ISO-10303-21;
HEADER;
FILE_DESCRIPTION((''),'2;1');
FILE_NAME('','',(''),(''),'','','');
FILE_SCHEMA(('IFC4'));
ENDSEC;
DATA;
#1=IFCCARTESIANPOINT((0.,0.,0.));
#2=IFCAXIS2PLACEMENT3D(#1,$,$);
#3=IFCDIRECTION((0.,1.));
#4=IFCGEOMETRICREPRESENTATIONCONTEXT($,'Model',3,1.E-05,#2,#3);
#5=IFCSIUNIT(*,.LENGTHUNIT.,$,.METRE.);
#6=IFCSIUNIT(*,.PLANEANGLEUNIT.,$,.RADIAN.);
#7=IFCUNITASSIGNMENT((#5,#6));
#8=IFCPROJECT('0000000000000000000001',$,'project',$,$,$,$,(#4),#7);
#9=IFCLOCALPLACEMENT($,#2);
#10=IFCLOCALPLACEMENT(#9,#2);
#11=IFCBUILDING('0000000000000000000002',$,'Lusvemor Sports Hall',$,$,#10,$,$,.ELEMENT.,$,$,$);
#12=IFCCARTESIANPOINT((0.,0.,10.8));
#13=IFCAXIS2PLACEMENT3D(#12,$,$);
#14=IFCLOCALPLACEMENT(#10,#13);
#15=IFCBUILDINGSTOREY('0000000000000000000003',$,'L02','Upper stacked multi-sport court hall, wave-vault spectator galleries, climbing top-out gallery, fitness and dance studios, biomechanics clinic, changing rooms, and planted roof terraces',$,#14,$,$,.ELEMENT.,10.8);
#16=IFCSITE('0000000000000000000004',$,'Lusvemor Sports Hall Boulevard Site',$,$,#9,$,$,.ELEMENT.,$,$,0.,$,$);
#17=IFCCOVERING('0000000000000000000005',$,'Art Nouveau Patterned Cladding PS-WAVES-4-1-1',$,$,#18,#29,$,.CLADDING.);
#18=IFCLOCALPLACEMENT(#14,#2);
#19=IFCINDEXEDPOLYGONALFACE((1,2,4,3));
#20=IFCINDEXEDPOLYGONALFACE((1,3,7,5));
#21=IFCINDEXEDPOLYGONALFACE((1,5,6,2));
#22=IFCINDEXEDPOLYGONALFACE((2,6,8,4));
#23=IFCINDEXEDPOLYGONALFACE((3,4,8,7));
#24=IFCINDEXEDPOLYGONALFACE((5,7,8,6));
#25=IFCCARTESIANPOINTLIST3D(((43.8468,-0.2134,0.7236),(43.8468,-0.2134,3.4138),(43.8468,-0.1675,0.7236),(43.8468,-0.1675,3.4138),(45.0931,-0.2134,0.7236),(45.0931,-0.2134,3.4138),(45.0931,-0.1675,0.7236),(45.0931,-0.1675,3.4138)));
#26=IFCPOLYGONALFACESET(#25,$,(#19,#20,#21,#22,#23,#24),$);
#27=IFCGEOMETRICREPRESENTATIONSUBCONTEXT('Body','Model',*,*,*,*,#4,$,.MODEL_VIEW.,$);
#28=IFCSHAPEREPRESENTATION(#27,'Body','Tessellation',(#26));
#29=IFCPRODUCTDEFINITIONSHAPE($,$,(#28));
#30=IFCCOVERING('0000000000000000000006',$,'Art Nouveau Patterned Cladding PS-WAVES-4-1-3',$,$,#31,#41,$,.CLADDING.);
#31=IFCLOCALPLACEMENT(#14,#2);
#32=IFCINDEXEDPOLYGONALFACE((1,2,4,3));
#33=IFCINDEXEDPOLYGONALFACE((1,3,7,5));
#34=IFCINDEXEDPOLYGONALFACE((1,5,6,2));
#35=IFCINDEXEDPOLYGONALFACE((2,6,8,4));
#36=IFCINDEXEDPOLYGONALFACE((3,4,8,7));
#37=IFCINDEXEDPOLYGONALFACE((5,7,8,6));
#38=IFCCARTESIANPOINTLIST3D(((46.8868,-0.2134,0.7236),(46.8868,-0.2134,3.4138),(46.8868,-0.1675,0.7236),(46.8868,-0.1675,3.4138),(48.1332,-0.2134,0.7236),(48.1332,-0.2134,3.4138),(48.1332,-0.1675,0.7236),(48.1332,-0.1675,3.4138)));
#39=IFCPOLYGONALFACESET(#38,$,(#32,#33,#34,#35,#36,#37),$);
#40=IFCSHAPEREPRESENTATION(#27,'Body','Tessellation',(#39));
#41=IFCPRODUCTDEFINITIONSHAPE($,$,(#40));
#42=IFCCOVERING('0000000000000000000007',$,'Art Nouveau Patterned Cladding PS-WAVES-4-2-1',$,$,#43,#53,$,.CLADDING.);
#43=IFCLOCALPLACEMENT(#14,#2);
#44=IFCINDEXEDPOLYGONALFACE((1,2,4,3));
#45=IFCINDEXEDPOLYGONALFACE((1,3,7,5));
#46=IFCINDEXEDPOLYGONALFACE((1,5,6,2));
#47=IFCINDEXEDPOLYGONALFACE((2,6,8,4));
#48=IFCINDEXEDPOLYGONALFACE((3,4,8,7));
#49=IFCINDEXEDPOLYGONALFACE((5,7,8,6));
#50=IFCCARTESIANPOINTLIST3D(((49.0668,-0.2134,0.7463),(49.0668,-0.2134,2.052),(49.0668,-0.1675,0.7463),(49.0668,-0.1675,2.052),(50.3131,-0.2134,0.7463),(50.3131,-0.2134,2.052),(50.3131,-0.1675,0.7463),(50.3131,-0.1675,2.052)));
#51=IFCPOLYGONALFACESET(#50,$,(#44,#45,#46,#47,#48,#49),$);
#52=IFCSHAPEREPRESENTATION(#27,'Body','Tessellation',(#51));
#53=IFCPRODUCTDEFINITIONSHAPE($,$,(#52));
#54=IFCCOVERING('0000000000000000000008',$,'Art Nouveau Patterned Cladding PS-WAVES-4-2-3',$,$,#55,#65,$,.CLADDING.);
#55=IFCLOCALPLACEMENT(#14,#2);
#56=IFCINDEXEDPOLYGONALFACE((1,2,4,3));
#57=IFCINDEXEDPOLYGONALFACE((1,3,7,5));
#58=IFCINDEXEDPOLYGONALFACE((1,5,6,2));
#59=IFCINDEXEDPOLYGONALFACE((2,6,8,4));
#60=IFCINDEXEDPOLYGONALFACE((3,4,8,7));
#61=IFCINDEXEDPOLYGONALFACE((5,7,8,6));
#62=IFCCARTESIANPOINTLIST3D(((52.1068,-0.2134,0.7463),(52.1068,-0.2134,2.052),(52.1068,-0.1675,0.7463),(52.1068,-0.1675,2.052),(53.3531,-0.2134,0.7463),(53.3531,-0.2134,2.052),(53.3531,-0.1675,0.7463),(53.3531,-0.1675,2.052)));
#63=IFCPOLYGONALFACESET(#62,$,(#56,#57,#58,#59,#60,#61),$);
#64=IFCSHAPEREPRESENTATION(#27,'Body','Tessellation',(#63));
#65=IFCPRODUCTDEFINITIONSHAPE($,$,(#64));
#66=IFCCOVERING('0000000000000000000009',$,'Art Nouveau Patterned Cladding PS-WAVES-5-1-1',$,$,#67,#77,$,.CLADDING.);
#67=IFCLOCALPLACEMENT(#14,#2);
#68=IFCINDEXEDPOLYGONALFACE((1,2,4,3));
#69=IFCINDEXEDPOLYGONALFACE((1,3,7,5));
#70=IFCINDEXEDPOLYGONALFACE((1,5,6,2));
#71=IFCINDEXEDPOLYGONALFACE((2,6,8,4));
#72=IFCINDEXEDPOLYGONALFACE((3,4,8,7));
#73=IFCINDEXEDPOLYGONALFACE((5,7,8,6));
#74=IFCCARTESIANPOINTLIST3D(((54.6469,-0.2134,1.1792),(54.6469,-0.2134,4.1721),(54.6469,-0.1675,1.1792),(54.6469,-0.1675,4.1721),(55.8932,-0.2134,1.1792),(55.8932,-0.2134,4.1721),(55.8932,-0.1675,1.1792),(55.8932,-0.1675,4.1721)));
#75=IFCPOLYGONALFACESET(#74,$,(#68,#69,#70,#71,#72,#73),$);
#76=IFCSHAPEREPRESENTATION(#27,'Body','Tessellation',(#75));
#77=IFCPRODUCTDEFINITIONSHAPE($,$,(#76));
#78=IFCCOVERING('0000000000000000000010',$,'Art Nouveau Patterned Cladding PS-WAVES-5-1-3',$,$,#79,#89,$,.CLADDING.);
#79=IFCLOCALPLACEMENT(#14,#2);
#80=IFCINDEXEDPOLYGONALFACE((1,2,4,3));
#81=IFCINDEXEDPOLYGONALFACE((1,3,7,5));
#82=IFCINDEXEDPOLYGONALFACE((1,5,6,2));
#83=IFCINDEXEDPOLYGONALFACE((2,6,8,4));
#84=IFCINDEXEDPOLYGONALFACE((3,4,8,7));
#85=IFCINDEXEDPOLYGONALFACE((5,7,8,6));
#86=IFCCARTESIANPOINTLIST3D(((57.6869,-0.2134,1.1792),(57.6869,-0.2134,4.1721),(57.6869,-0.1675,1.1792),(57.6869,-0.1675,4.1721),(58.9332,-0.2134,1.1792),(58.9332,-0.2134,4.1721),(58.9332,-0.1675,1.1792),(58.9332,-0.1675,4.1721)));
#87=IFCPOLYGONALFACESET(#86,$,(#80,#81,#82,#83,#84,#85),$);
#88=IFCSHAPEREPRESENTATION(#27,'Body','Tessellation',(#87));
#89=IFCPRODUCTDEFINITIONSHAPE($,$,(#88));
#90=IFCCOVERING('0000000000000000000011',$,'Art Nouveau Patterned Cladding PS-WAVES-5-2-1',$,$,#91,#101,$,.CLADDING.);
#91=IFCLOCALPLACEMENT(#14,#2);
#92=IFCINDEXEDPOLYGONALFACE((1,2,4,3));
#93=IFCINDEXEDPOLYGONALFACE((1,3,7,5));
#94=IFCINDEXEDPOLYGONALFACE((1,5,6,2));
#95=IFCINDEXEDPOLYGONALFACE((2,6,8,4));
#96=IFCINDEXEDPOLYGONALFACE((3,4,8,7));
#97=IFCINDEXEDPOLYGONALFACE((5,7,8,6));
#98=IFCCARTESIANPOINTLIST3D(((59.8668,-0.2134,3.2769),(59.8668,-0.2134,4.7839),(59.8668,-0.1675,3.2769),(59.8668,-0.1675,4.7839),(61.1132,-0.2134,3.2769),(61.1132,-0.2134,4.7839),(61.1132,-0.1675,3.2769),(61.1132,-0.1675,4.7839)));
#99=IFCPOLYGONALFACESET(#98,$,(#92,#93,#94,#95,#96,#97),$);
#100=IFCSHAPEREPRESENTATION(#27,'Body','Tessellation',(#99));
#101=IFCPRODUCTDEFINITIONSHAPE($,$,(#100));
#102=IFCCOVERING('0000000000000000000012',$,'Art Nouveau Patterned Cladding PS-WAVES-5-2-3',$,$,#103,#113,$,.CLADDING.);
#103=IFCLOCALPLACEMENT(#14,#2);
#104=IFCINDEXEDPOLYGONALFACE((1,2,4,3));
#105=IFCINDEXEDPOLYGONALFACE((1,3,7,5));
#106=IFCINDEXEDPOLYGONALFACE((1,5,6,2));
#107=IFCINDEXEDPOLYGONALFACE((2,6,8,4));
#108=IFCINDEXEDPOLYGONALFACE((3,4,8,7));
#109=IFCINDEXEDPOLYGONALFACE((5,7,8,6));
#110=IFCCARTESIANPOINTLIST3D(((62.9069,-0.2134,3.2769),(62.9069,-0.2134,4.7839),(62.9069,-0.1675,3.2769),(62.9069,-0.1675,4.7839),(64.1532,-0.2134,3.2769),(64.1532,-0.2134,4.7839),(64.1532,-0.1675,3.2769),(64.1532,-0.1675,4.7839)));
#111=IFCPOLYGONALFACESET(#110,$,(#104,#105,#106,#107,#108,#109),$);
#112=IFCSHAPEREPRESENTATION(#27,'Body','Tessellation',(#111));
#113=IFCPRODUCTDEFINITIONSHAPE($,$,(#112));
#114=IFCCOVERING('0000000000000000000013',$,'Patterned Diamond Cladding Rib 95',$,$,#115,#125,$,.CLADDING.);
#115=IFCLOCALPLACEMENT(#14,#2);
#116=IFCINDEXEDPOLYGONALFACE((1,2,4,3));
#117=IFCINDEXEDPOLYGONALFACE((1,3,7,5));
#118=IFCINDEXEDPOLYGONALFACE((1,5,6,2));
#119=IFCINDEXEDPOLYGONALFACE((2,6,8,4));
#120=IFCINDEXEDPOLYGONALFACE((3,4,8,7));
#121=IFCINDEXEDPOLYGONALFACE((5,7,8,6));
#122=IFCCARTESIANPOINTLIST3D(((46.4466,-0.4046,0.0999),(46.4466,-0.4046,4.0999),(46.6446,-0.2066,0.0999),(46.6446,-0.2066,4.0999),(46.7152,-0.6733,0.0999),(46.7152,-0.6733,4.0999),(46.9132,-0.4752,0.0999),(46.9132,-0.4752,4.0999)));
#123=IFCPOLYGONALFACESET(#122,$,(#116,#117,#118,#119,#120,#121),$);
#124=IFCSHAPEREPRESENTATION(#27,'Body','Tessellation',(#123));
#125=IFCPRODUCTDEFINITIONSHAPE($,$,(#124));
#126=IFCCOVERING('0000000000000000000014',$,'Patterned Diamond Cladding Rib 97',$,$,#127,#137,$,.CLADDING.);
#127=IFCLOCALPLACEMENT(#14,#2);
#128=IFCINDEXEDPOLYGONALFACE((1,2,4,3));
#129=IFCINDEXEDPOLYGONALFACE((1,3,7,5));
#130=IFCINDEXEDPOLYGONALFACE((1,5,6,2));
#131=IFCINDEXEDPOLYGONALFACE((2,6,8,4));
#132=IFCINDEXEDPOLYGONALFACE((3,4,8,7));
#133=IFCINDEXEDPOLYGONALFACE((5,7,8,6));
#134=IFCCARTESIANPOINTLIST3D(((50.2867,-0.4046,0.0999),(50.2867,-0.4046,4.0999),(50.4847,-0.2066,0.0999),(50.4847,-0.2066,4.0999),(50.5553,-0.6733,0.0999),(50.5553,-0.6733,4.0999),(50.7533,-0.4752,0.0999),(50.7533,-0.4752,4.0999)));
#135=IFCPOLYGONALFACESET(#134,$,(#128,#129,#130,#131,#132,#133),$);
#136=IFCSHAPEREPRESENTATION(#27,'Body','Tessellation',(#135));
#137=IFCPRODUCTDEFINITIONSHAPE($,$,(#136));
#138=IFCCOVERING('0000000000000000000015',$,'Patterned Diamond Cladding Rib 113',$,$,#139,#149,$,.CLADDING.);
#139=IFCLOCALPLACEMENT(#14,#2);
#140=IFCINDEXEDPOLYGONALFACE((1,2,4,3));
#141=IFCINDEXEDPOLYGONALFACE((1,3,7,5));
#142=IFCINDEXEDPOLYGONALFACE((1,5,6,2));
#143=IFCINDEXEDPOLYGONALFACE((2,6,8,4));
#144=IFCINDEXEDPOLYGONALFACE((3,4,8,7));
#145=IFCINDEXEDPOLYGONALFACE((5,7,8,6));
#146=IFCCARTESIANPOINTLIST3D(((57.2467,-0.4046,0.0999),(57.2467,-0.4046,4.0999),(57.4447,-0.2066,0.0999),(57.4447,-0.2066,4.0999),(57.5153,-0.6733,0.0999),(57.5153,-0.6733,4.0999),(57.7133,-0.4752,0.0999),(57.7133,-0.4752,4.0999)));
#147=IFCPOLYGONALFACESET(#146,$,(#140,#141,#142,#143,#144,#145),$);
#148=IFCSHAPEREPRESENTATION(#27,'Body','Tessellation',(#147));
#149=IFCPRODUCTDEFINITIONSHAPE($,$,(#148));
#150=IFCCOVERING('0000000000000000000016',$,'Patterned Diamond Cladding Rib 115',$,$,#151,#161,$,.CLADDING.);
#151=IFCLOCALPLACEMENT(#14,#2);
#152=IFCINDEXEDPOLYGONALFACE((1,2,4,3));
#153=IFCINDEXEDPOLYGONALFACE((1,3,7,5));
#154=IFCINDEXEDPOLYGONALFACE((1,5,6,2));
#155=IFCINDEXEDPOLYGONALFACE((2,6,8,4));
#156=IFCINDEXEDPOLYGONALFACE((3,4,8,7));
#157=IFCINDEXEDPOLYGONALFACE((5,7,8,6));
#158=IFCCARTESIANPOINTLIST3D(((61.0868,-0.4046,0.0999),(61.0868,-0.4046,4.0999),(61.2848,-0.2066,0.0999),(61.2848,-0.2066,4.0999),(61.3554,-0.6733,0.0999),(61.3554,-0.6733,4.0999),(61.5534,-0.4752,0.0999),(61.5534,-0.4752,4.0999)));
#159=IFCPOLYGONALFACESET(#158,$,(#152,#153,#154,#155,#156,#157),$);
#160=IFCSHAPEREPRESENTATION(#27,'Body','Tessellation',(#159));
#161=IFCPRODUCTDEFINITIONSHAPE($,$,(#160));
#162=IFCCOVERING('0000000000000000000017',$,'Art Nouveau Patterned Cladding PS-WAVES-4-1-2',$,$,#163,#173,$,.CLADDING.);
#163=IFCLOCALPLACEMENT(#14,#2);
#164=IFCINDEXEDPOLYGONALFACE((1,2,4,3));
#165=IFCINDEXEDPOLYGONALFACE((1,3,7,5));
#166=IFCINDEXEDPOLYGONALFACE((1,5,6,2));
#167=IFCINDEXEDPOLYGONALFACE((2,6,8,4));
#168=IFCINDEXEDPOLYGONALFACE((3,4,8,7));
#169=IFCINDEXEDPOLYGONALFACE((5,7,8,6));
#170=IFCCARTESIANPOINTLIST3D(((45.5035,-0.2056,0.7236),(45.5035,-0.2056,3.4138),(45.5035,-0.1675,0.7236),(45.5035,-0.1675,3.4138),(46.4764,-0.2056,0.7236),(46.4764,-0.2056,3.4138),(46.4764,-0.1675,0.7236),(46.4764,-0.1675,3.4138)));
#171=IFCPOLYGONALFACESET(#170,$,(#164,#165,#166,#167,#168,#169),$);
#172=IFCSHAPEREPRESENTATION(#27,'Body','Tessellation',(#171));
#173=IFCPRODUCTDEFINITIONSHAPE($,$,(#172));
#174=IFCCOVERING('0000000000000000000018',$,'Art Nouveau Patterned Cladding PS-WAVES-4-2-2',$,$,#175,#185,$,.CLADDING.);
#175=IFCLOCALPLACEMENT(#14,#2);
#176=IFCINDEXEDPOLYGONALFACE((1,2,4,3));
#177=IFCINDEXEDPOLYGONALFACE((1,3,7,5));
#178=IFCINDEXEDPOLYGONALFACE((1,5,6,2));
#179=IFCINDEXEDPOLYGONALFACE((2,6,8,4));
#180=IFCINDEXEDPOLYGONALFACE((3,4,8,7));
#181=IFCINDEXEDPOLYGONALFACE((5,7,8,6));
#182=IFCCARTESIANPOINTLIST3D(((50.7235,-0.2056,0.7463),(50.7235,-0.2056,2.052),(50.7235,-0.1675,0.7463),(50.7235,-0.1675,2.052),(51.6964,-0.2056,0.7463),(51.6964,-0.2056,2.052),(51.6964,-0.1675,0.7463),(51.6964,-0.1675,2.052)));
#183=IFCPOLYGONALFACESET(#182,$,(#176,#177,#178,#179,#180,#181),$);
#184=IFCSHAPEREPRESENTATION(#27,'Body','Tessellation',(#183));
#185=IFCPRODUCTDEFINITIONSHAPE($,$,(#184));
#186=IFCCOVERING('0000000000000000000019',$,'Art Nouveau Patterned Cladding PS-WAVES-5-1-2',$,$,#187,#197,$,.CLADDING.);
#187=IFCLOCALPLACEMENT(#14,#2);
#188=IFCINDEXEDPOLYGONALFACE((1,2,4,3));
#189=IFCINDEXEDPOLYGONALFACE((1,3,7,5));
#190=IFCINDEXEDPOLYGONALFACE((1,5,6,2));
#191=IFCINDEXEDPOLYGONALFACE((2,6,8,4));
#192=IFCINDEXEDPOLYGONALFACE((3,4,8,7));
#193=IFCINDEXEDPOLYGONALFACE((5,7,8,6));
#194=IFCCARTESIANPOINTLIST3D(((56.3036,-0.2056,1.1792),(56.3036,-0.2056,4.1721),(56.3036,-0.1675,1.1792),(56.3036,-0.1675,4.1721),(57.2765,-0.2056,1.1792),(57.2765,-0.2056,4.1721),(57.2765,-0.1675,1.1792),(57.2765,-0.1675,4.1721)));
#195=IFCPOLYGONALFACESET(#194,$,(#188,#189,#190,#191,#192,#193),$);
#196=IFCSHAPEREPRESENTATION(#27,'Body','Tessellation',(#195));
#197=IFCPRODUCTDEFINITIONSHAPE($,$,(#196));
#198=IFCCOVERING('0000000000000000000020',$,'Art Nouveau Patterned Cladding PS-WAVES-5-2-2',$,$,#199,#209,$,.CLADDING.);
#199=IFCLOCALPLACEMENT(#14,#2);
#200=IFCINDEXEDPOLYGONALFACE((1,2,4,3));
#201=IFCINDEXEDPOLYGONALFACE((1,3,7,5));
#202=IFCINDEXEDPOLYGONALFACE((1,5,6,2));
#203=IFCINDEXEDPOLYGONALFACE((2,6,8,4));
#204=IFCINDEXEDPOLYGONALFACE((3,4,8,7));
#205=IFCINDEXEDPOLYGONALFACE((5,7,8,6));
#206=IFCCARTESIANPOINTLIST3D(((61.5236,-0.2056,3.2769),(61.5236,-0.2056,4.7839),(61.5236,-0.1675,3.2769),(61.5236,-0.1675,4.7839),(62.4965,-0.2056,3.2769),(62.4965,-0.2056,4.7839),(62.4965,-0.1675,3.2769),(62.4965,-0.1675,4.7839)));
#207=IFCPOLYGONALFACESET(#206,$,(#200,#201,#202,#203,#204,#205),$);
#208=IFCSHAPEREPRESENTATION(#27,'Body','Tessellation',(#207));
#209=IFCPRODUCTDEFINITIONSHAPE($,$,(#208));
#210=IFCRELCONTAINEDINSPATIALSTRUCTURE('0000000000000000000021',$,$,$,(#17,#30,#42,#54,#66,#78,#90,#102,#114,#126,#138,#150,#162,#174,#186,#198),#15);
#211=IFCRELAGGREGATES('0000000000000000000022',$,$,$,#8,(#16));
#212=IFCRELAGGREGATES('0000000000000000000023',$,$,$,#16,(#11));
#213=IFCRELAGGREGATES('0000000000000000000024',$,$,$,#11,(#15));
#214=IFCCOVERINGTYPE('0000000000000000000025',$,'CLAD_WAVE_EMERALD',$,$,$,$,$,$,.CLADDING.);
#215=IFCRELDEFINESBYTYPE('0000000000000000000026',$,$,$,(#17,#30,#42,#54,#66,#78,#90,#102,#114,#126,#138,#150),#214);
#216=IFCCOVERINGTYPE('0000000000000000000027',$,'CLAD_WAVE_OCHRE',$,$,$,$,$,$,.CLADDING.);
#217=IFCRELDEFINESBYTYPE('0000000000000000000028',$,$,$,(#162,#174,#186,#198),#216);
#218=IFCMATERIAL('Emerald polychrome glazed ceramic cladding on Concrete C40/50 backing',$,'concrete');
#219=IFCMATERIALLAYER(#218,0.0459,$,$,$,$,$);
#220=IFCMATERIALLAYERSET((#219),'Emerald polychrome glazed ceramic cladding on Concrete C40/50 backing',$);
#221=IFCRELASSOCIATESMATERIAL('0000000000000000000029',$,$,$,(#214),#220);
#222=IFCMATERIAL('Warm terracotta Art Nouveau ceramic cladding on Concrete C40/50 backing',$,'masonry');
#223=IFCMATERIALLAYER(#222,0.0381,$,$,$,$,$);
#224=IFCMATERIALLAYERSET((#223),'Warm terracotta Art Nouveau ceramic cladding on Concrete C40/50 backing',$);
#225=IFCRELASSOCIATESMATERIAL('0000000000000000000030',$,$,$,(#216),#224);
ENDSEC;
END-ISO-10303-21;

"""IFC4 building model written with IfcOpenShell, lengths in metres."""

from ifc_helpers import new_model, si_unit, direction, frame, origin, origin_2d, place, context, subcontext, project, spatial, rectangle, extrude, material, layer, layer_set, type_object, element, save


model = new_model("IFC4")

# Units and contexts
model_context = context("Model", 3, precision=1e-05, world=origin(), true_north=direction((0.0, 1.0)))
body_context = subcontext(model_context, "Body", "Model", "MODEL_VIEW")
ifc_project = project(units=[si_unit("LENGTHUNIT", "METRE"), si_unit("PLANEANGLEUNIT", "RADIAN")], contexts=[model_context])

# Site, building, storey
site_placement = place(None, origin())
site = spatial("IfcSite", under=ifc_project, at=site_placement, Name="Lusvemor Sports Hall Boulevard Site", CompositionType="ELEMENT", RefElevation=0.0)
building_placement = place(site_placement, origin())
building = spatial("IfcBuilding", under=site, at=building_placement, Name="Lusvemor Sports Hall", CompositionType="ELEMENT")
storey_placement = place(building_placement, frame((0.0, 0.0, 10.8)))
storey = spatial("IfcBuildingStorey", under=building, at=storey_placement, Name="L02", Description="Upper stacked multi-sport court hall, wave-vault spectator galleries, climbing top-out gallery, fitness and dance studios, biomechanics clinic, changing rooms, and planted roof terraces", CompositionType="ELEMENT", Elevation=10.8)

# Coverings
ifc_material_1 = material(Name="Emerald polychrome glazed ceramic cladding on Concrete C40/50 backing", Category="concrete")
ifc_layer_1 = layer(ifc_material_1, 0.0459)
ifc_layer_set_1 = layer_set([ifc_layer_1], Name="Emerald polychrome glazed ceramic cladding on Concrete C40/50 backing")
covering_type_1 = type_object("IfcCoveringType", Name="CLAD_WAVE_EMERALD", PredefinedType="CLADDING", material=ifc_layer_set_1)
for number, where, z_axis, x_axis, name in (
    (1, (44.47, -0.1904, 0.7236), (0.0, 0.0, 1.0), (1.0, 0.0, 0.0), "Art Nouveau Patterned Cladding PS-WAVES-4-1-1"),
    (2, (47.51, -0.1904, 0.7236), (0.0, 0.0, 1.0), (1.0, 0.0, 0.0), "Art Nouveau Patterned Cladding PS-WAVES-4-1-3"),
):
    element("IfcCovering", number, at=place(storey_placement, frame(where, z_axis=z_axis, x_axis=x_axis)), inside=storey, type_object=covering_type_1, Name=name, PredefinedType="CLADDING", context=body_context, shape_type="SweptSolid", body=[
        extrude(rectangle(XDim=1.2463, YDim=0.0459, at=origin_2d()), origin(), (0.0, 0.0, 1.0), 2.6902),
    ])
for number, where, z_axis, x_axis, name in (
    (3, (49.6899, -0.1904, 0.7463), (0.0, 0.0, 1.0), (1.0, 0.0, 0.0), "Art Nouveau Patterned Cladding PS-WAVES-4-2-1"),
    (4, (52.73, -0.1904, 0.7463), (0.0, 0.0, 1.0), (1.0, 0.0, 0.0), "Art Nouveau Patterned Cladding PS-WAVES-4-2-3"),
):
    element("IfcCovering", number, at=place(storey_placement, frame(where, z_axis=z_axis, x_axis=x_axis)), inside=storey, type_object=covering_type_1, Name=name, PredefinedType="CLADDING", context=body_context, shape_type="SweptSolid", body=[
        extrude(rectangle(XDim=1.2463, YDim=0.0459, at=origin_2d()), origin(), (0.0, 0.0, 1.0), 1.3057),
    ])
for number, where, z_axis, x_axis, name in (
    (5, (55.27, -0.1904, 1.1792), (0.0, 0.0, 1.0), (1.0, 0.0, 0.0), "Art Nouveau Patterned Cladding PS-WAVES-5-1-1"),
    (6, (58.3101, -0.1904, 1.1792), (0.0, 0.0, 1.0), (1.0, 0.0, 0.0), "Art Nouveau Patterned Cladding PS-WAVES-5-1-3"),
):
    element("IfcCovering", number, at=place(storey_placement, frame(where, z_axis=z_axis, x_axis=x_axis)), inside=storey, type_object=covering_type_1, Name=name, PredefinedType="CLADDING", context=body_context, shape_type="SweptSolid", body=[
        extrude(rectangle(XDim=1.2463, YDim=0.0459, at=origin_2d()), origin(), (0.0, 0.0, 1.0), 2.9929),
    ])
for number, where, z_axis, x_axis, name in (
    (7, (60.49, -0.1904, 3.2769), (0.0, 0.0, 1.0), (1.0, 0.0, 0.0), "Art Nouveau Patterned Cladding PS-WAVES-5-2-1"),
    (8, (63.53, -0.1904, 3.2769), (0.0, 0.0, 1.0), (1.0, 0.0, 0.0), "Art Nouveau Patterned Cladding PS-WAVES-5-2-3"),
):
    element("IfcCovering", number, at=place(storey_placement, frame(where, z_axis=z_axis, x_axis=x_axis)), inside=storey, type_object=covering_type_1, Name=name, PredefinedType="CLADDING", context=body_context, shape_type="SweptSolid", body=[
        extrude(rectangle(XDim=1.2463, YDim=0.0459, at=origin_2d()), origin(), (0.0, 0.0, 1.0), 1.5071),
    ])
for number, where, z_axis, x_axis, name in (
    (9, (46.6799, -0.4399, 0.0999), (0.0, 0.0, 1.0), (0.707107, 0.707107, 0.0), "Patterned Diamond Cladding Rib 95"),
    (10, (50.52, -0.4399, 0.0999), (0.0, 0.0, 1.0), (0.707107, 0.707107, 0.0), "Patterned Diamond Cladding Rib 97"),
    (11, (57.48, -0.4399, 0.0999), (0.0, 0.0, 1.0), (0.707107, 0.707107, 0.0), "Patterned Diamond Cladding Rib 113"),
    (12, (61.3201, -0.4399, 0.0999), (0.0, 0.0, 1.0), (0.707107, 0.707107, 0.0), "Patterned Diamond Cladding Rib 115"),
):
    element("IfcCovering", number, at=place(storey_placement, frame(where, z_axis=z_axis, x_axis=x_axis)), inside=storey, type_object=covering_type_1, Name=name, PredefinedType="CLADDING", context=body_context, shape_type="SweptSolid", body=[
        extrude(rectangle(XDim=0.28, YDim=0.3799, at=origin_2d()), origin(), (0.0, 0.0, 1.0), 4.0),
    ])
ifc_material_2 = material(Name="Warm terracotta Art Nouveau ceramic cladding on Concrete C40/50 backing", Category="masonry")
ifc_layer_2 = layer(ifc_material_2, 0.0381)
ifc_layer_set_2 = layer_set([ifc_layer_2], Name="Warm terracotta Art Nouveau ceramic cladding on Concrete C40/50 backing")
covering_type_2 = type_object("IfcCoveringType", Name="CLAD_WAVE_OCHRE", PredefinedType="CLADDING", material=ifc_layer_set_2)
covering_1_placement = place(storey_placement, frame((45.99, -0.1865, 0.7236), z_axis=(0.0, 0.0, 1.0), x_axis=(1.0, 0.0, 0.0)))
element("IfcCovering", 13, at=covering_1_placement, inside=storey, type_object=covering_type_2, Name="Art Nouveau Patterned Cladding PS-WAVES-4-1-2", PredefinedType="CLADDING", context=body_context, shape_type="SweptSolid", body=[
    extrude(rectangle(XDim=0.9729, YDim=0.0381, at=origin_2d()), origin(), (0.0, 0.0, 1.0), 2.6902),
])
covering_2_placement = place(storey_placement, frame((51.21, -0.1865, 0.7463), z_axis=(0.0, 0.0, 1.0), x_axis=(1.0, 0.0, 0.0)))
element("IfcCovering", 14, at=covering_2_placement, inside=storey, type_object=covering_type_2, Name="Art Nouveau Patterned Cladding PS-WAVES-4-2-2", PredefinedType="CLADDING", context=body_context, shape_type="SweptSolid", body=[
    extrude(rectangle(XDim=0.9729, YDim=0.0381, at=origin_2d()), origin(), (0.0, 0.0, 1.0), 1.3057),
])
covering_3_placement = place(storey_placement, frame((56.79, -0.1865, 1.1792), z_axis=(0.0, 0.0, 1.0), x_axis=(1.0, 0.0, 0.0)))
element("IfcCovering", 15, at=covering_3_placement, inside=storey, type_object=covering_type_2, Name="Art Nouveau Patterned Cladding PS-WAVES-5-1-2", PredefinedType="CLADDING", context=body_context, shape_type="SweptSolid", body=[
    extrude(rectangle(XDim=0.9729, YDim=0.0381, at=origin_2d()), origin(), (0.0, 0.0, 1.0), 2.9929),
])
covering_4_placement = place(storey_placement, frame((62.01, -0.1865, 3.2769), z_axis=(0.0, 0.0, 1.0), x_axis=(1.0, 0.0, 0.0)))
element("IfcCovering", 16, at=covering_4_placement, inside=storey, type_object=covering_type_2, Name="Art Nouveau Patterned Cladding PS-WAVES-5-2-2", PredefinedType="CLADDING", context=body_context, shape_type="SweptSolid", body=[
    extrude(rectangle(XDim=0.9729, YDim=0.0381, at=origin_2d()), origin(), (0.0, 0.0, 1.0), 1.5071),
])

save(model, "model.ifc")
